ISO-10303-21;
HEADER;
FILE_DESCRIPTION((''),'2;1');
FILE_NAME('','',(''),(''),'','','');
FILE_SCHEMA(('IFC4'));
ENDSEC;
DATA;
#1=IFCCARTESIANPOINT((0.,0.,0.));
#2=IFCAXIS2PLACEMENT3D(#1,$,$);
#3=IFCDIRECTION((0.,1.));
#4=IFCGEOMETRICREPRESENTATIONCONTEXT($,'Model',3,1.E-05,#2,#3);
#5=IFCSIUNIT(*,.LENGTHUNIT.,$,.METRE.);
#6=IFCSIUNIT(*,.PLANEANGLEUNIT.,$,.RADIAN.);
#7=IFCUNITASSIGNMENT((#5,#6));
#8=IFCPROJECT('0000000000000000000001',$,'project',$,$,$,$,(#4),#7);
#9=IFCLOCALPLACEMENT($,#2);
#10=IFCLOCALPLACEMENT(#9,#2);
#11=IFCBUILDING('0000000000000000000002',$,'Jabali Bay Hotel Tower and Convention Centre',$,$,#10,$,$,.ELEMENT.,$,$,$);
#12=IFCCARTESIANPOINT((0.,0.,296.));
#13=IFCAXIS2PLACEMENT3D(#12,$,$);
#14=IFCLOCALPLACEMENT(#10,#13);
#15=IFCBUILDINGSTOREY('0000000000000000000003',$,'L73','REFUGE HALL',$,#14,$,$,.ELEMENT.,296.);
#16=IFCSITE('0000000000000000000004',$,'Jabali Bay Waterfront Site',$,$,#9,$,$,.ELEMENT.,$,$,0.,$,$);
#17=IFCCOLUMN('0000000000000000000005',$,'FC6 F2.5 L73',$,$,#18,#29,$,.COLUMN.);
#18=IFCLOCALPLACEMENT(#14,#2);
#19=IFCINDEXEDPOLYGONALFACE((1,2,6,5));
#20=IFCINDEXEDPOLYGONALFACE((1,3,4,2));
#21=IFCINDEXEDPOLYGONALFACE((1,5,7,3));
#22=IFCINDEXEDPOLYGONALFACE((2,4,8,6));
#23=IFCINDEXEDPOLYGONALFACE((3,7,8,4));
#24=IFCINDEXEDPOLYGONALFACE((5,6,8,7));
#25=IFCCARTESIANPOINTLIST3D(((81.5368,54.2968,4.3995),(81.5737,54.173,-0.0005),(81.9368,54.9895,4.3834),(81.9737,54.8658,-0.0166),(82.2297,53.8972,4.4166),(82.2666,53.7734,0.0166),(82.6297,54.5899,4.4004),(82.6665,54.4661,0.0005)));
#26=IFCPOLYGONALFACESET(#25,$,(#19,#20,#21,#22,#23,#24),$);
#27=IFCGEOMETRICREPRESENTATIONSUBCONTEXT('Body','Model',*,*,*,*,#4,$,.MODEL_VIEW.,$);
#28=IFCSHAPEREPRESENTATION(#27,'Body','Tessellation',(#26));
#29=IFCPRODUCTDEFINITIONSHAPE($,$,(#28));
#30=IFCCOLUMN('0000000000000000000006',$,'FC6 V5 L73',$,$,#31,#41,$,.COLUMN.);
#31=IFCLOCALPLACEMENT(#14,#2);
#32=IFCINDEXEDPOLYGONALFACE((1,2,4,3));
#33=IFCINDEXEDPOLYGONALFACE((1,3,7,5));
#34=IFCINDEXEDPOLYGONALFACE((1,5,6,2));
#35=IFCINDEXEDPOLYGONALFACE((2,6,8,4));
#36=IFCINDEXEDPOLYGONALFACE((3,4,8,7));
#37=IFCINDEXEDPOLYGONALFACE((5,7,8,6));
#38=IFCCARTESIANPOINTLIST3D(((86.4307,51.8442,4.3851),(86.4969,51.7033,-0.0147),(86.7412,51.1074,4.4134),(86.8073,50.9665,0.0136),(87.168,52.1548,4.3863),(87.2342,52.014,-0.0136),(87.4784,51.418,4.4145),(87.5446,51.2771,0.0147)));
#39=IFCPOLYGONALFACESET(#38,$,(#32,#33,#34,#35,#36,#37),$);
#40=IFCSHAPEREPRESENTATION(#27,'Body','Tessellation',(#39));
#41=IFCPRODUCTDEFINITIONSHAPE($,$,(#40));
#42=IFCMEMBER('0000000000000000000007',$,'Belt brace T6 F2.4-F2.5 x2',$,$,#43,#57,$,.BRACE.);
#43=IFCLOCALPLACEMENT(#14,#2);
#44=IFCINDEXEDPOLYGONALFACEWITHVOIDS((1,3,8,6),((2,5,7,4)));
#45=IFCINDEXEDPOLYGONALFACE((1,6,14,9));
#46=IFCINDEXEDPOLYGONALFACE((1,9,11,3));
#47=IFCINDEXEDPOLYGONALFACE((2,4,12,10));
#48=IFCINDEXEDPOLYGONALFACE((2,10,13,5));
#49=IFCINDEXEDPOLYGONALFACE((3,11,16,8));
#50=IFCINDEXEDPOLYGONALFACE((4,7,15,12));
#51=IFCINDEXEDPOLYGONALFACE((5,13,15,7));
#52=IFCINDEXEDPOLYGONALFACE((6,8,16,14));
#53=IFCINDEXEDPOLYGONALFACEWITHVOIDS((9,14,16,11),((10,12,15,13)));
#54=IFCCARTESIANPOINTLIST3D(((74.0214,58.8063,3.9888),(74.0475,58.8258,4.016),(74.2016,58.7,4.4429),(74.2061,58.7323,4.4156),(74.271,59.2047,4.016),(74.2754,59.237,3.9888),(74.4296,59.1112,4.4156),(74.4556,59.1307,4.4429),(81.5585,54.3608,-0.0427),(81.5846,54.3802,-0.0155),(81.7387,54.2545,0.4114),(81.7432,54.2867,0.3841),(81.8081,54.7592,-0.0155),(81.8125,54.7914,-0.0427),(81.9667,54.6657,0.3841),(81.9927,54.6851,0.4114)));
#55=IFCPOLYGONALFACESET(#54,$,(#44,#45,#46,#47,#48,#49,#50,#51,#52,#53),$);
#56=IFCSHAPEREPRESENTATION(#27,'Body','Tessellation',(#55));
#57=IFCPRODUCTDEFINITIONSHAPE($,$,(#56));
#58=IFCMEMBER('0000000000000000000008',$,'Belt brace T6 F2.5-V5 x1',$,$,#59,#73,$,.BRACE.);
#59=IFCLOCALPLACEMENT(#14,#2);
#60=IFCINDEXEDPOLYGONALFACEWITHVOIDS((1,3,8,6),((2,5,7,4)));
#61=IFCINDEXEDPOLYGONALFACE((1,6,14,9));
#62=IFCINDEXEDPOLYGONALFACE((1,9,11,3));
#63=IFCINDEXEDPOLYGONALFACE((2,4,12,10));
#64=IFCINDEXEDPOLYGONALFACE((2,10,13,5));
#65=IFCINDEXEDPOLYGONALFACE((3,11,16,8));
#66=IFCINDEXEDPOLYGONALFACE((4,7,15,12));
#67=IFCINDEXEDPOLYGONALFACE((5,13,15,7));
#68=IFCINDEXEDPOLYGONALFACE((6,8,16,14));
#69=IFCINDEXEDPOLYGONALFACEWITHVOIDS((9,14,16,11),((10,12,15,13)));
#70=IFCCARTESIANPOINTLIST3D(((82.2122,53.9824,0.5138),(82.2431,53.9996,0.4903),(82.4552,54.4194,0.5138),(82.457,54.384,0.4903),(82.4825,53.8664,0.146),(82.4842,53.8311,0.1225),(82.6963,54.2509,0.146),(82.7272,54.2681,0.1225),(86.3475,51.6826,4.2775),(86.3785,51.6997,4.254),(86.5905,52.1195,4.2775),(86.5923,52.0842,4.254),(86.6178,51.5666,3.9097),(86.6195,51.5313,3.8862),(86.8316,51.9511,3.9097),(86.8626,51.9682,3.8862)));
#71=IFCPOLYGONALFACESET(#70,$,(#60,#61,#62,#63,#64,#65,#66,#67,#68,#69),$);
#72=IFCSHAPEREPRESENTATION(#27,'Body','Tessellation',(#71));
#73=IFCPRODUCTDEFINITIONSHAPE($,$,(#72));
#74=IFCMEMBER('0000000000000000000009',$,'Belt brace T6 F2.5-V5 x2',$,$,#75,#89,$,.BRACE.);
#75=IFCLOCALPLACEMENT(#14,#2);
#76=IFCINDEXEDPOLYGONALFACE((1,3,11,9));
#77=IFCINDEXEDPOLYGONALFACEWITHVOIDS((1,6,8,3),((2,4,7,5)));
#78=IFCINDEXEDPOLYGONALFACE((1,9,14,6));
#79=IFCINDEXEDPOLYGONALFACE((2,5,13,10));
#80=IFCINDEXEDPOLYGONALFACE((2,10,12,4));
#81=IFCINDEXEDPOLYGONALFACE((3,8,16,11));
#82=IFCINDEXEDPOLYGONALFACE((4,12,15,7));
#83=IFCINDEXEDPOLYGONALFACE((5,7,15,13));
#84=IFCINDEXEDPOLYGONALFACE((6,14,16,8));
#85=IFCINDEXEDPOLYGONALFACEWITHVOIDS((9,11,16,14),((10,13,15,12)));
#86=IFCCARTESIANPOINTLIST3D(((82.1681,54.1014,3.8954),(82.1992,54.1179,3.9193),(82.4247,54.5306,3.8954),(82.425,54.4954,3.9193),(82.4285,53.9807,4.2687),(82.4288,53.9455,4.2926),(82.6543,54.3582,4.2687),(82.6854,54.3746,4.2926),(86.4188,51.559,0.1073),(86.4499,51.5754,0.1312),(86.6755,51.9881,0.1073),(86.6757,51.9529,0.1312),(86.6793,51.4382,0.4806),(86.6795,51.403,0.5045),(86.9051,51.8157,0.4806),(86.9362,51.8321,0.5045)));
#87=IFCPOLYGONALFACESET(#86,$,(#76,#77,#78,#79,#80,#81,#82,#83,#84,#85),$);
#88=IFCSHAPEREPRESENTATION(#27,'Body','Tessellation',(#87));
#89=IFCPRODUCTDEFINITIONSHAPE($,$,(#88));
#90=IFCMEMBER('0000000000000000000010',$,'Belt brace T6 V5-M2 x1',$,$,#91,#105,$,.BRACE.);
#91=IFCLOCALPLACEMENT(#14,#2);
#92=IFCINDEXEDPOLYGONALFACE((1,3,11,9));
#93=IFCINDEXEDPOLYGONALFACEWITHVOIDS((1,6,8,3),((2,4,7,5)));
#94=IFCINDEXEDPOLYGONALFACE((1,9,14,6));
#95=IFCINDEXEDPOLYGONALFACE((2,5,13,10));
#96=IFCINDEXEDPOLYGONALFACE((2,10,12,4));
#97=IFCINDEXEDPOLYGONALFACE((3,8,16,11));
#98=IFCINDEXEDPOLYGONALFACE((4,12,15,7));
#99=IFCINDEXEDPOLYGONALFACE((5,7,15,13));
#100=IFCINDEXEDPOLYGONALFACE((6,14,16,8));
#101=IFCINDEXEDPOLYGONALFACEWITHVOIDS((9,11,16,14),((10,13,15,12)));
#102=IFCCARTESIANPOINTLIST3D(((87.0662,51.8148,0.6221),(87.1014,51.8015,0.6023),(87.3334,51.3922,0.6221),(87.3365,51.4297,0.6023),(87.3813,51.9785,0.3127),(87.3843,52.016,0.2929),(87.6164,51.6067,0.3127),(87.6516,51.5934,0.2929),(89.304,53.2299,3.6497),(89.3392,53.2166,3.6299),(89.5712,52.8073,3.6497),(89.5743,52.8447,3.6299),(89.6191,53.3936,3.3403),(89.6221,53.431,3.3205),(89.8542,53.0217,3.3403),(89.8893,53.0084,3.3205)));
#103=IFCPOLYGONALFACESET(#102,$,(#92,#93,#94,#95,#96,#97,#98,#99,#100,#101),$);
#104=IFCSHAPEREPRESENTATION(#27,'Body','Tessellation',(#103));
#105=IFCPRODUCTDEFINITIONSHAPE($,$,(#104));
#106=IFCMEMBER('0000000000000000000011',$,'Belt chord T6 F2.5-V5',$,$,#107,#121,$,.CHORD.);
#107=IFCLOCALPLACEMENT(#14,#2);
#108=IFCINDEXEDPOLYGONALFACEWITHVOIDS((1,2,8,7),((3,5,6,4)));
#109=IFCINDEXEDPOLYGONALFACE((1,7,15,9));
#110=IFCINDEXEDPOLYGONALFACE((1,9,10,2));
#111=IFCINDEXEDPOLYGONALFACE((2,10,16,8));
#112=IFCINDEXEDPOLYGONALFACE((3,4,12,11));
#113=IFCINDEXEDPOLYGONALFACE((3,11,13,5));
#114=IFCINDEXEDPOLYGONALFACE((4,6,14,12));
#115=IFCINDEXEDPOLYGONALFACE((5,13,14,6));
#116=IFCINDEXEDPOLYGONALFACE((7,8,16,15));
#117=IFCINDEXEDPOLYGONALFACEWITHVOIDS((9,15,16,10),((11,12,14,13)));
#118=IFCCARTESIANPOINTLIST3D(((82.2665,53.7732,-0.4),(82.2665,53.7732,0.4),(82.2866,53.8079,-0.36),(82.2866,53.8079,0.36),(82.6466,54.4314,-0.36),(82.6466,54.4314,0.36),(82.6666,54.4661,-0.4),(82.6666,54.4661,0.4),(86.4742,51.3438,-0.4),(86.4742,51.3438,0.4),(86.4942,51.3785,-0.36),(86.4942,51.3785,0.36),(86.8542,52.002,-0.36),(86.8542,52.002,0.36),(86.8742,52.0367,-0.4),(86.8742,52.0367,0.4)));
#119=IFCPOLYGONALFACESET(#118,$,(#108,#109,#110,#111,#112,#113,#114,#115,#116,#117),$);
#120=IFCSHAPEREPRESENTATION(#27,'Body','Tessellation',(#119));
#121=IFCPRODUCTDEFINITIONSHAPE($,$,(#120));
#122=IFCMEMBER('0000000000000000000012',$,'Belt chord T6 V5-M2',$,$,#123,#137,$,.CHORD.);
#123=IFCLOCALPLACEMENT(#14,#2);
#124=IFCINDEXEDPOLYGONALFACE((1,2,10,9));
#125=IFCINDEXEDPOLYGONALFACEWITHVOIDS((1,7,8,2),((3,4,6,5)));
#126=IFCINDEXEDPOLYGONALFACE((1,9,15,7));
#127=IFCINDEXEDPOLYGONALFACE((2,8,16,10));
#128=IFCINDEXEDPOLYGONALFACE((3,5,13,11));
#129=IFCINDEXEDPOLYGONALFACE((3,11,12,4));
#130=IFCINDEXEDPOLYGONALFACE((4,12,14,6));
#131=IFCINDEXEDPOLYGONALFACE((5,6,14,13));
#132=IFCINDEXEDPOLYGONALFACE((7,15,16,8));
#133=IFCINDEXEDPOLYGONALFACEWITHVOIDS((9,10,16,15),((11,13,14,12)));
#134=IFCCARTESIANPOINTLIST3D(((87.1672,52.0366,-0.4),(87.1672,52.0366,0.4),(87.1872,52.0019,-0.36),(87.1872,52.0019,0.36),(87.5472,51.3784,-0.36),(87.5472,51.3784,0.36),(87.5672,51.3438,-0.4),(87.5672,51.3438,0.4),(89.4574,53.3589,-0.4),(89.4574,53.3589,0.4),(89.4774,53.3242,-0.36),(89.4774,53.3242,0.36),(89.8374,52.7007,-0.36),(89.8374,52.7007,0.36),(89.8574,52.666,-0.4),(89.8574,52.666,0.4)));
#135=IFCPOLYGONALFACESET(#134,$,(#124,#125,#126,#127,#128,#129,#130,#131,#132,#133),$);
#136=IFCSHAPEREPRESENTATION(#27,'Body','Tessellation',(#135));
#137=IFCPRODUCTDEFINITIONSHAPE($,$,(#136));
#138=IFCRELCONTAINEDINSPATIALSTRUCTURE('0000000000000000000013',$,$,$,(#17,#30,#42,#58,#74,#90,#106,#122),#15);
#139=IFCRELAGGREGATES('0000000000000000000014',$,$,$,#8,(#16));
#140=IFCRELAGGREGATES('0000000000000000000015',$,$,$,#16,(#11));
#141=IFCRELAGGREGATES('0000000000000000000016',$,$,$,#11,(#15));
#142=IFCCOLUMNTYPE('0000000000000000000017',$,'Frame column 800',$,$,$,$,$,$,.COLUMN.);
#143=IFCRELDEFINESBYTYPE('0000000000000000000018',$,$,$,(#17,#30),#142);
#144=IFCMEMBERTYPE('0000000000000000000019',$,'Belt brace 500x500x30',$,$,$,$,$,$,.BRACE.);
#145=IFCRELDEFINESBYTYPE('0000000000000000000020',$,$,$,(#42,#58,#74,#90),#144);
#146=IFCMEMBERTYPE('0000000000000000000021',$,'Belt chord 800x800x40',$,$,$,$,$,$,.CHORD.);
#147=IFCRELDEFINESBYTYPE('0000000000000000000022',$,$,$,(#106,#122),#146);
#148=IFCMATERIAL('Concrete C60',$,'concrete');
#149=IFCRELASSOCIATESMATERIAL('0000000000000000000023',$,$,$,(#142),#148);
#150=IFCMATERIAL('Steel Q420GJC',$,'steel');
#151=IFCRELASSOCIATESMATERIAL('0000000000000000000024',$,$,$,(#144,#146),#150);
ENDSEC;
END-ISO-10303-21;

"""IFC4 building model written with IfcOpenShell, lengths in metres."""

from ifc_helpers import new_model, si_unit, direction, frame, origin, origin_2d, place, context, subcontext, project, spatial, rectangle, hollow_rectangle, extrude, material, material_profile, profile_set, type_object, element, save


model = new_model("IFC4")

# Units and contexts
model_context = context("Model", 3, precision=1e-05, world=origin(), true_north=direction((0.0, 1.0)))
body_context = subcontext(model_context, "Body", "Model", "MODEL_VIEW")
ifc_project = project(units=[si_unit("LENGTHUNIT", "METRE"), si_unit("PLANEANGLEUNIT", "RADIAN")], contexts=[model_context])

# Site, building, storey
site_placement = place(None, origin())
site = spatial("IfcSite", under=ifc_project, at=site_placement, Name="Jabali Bay Waterfront Site", CompositionType="ELEMENT", RefElevation=0.0)
building_placement = place(site_placement, origin())
building = spatial("IfcBuilding", under=site, at=building_placement, Name="Jabali Bay Hotel Tower and Convention Centre", CompositionType="ELEMENT")
storey_placement = place(building_placement, frame((0.0, 0.0, 296.0)))
storey = spatial("IfcBuildingStorey", under=building, at=storey_placement, Name="L73", Description="REFUGE HALL", CompositionType="ELEMENT", Elevation=296.0)

# Columns
ifc_material_1 = material(Name="Concrete C60", Category="concrete")
ifc_material_profile_1 = material_profile(ifc_material_1, rectangle(XDim=0.8, YDim=0.8, at=origin_2d()), Name="Frame column 800")
ifc_profile_set_1 = profile_set([ifc_material_profile_1], Name="Concrete C60")
column_type = type_object("IfcColumnType", Name="Frame column 800", PredefinedType="COLUMN", material=ifc_profile_set_1)
column_1_placement = place(storey_placement, frame((82.1201, 54.3196, 0.0), z_axis=(-0.008375, 0.02812, 0.999569), x_axis=(-0.499904, -0.865846, 0.02017)))
element("IfcColumn", 1, at=column_1_placement, inside=storey, type_object=column_type, Name="FC6 F2.5 L73", PredefinedType="COLUMN", context=body_context, shape_type="SweptSolid", body=[
    extrude(rectangle(XDim=0.8, YDim=0.8, at=origin_2d()), origin(), (0.0, 0.0, 1.0), 4.4019),
])
column_2_placement = place(storey_placement, frame((87.0208, 51.4902, 0.0), z_axis=(-0.015028, 0.031996, 0.999375), x_axis=(0.387998, -0.920983, 0.035321)))
element("IfcColumn", 2, at=column_2_placement, inside=storey, type_object=column_type, Name="FC6 V5 L73", PredefinedType="COLUMN", context=body_context, shape_type="SweptSolid", body=[
    extrude(rectangle(XDim=0.8, YDim=0.8, at=origin_2d()), origin(), (0.0, 0.0, 1.0), 4.4026),
])

# Members
ifc_material_2 = material(Name="Steel Q420GJC", Category="steel")
ifc_material_profile_2 = material_profile(ifc_material_2, hollow_rectangle(XDim=0.5, YDim=0.5, WallThickness=0.03, at=origin_2d()), Name="Belt brace 500x500x30")
ifc_profile_set_2 = profile_set([ifc_material_profile_2], Name="Steel Q420GJC")
member_type_1 = type_object("IfcMemberType", Name="Belt brace 500x500x30", PredefinedType="BRACE", material=ifc_profile_set_2)
member_1_placement = place(storey_placement, frame((81.7756, 54.5229, 0.1843), z_axis=(-0.782303, 0.46142, 0.418443), x_axis=(-0.508035, -0.861336, 0.0)))
element("IfcMember", 3, at=member_1_placement, inside=storey, type_object=member_type_1, Name="Belt brace T6 F2.4-F2.5 x2", PredefinedType="BRACE", context=body_context, shape_type="SweptSolid", body=[
    extrude(hollow_rectangle(XDim=0.5, YDim=0.5, WallThickness=0.03, at=origin_2d()), origin(), (0.0, 0.0, 1.0), 9.6345),
])
member_2_placement = place(storey_placement, frame((82.4697, 54.1252, 0.3181), z_axis=(0.68396, -0.380382, 0.622502), x_axis=(0.486037, 0.873938, 0.0)))
element("IfcMember", 4, at=member_2_placement, inside=storey, type_object=member_type_1, Name="Belt brace T6 F2.5-V5 x1", PredefinedType="BRACE", context=body_context, shape_type="SweptSolid", body=[
    extrude(hollow_rectangle(XDim=0.5, YDim=0.5, WallThickness=0.03, at=origin_2d()), origin(), (0.0, 0.0, 1.0), 6.0461),
])
member_3_placement = place(storey_placement, frame((86.6775, 51.6956, 0.3059), z_axis=(-0.681689, 0.407737, 0.607495), x_axis=(-0.513314, -0.858201, 0.0)))
element("IfcMember", 5, at=member_3_placement, inside=storey, type_object=member_type_1, Name="Belt brace T6 F2.5-V5 x2", PredefinedType="BRACE", context=body_context, shape_type="SweptSolid", body=[
    extrude(hollow_rectangle(XDim=0.5, YDim=0.5, WallThickness=0.03, at=origin_2d()), origin(), (0.0, 0.0, 1.0), 6.2356),
])
member_4_placement = place(storey_placement, frame((87.3589, 51.7041, 0.4575), z_axis=(0.556391, 0.351826, 0.75276), x_axis=(-0.534451, 0.8452, 0.0)))
element("IfcMember", 6, at=member_4_placement, inside=storey, type_object=member_type_1, Name="Belt brace T6 V5-M2 x1", PredefinedType="BRACE", context=body_context, shape_type="SweptSolid", body=[
    extrude(hollow_rectangle(XDim=0.5, YDim=0.5, WallThickness=0.03, at=origin_2d()), origin(), (0.0, 0.0, 1.0), 4.022),
])
ifc_material_profile_3 = material_profile(ifc_material_2, hollow_rectangle(XDim=0.8, YDim=0.8, WallThickness=0.04, at=origin_2d()), Name="Belt chord 800x800x40")
ifc_profile_set_3 = profile_set([ifc_material_profile_3], Name="Steel Q420GJC")
member_type_2 = type_object("IfcMemberType", Name="Belt chord 800x800x40", PredefinedType="CHORD", material=ifc_profile_set_3)
member_5_placement = place(storey_placement, frame((82.4666, 54.1196, 0.0), z_axis=(0.866017, -0.500014, 0.0), x_axis=(0.500014, 0.866017, 0.0)))
element("IfcMember", 7, at=member_5_placement, inside=storey, type_object=member_type_2, Name="Belt chord T6 F2.5-V5", PredefinedType="CHORD", context=body_context, shape_type="SweptSolid", body=[
    extrude(hollow_rectangle(XDim=0.8, YDim=0.8, WallThickness=0.04, at=origin_2d()), origin(), (0.0, 0.0, 1.0), 4.8586),
])
member_6_placement = place(storey_placement, frame((87.3672, 51.6902, 0.0), z_axis=(0.86603, 0.499991, 0.0), x_axis=(-0.499991, 0.86603, 0.0)))
element("IfcMember", 8, at=member_6_placement, inside=storey, type_object=member_type_2, Name="Belt chord T6 V5-M2", PredefinedType="CHORD", context=body_context, shape_type="SweptSolid", body=[
    extrude(hollow_rectangle(XDim=0.8, YDim=0.8, WallThickness=0.04, at=origin_2d()), origin(), (0.0, 0.0, 1.0), 2.6445),
])

save(model, "model.ifc")
